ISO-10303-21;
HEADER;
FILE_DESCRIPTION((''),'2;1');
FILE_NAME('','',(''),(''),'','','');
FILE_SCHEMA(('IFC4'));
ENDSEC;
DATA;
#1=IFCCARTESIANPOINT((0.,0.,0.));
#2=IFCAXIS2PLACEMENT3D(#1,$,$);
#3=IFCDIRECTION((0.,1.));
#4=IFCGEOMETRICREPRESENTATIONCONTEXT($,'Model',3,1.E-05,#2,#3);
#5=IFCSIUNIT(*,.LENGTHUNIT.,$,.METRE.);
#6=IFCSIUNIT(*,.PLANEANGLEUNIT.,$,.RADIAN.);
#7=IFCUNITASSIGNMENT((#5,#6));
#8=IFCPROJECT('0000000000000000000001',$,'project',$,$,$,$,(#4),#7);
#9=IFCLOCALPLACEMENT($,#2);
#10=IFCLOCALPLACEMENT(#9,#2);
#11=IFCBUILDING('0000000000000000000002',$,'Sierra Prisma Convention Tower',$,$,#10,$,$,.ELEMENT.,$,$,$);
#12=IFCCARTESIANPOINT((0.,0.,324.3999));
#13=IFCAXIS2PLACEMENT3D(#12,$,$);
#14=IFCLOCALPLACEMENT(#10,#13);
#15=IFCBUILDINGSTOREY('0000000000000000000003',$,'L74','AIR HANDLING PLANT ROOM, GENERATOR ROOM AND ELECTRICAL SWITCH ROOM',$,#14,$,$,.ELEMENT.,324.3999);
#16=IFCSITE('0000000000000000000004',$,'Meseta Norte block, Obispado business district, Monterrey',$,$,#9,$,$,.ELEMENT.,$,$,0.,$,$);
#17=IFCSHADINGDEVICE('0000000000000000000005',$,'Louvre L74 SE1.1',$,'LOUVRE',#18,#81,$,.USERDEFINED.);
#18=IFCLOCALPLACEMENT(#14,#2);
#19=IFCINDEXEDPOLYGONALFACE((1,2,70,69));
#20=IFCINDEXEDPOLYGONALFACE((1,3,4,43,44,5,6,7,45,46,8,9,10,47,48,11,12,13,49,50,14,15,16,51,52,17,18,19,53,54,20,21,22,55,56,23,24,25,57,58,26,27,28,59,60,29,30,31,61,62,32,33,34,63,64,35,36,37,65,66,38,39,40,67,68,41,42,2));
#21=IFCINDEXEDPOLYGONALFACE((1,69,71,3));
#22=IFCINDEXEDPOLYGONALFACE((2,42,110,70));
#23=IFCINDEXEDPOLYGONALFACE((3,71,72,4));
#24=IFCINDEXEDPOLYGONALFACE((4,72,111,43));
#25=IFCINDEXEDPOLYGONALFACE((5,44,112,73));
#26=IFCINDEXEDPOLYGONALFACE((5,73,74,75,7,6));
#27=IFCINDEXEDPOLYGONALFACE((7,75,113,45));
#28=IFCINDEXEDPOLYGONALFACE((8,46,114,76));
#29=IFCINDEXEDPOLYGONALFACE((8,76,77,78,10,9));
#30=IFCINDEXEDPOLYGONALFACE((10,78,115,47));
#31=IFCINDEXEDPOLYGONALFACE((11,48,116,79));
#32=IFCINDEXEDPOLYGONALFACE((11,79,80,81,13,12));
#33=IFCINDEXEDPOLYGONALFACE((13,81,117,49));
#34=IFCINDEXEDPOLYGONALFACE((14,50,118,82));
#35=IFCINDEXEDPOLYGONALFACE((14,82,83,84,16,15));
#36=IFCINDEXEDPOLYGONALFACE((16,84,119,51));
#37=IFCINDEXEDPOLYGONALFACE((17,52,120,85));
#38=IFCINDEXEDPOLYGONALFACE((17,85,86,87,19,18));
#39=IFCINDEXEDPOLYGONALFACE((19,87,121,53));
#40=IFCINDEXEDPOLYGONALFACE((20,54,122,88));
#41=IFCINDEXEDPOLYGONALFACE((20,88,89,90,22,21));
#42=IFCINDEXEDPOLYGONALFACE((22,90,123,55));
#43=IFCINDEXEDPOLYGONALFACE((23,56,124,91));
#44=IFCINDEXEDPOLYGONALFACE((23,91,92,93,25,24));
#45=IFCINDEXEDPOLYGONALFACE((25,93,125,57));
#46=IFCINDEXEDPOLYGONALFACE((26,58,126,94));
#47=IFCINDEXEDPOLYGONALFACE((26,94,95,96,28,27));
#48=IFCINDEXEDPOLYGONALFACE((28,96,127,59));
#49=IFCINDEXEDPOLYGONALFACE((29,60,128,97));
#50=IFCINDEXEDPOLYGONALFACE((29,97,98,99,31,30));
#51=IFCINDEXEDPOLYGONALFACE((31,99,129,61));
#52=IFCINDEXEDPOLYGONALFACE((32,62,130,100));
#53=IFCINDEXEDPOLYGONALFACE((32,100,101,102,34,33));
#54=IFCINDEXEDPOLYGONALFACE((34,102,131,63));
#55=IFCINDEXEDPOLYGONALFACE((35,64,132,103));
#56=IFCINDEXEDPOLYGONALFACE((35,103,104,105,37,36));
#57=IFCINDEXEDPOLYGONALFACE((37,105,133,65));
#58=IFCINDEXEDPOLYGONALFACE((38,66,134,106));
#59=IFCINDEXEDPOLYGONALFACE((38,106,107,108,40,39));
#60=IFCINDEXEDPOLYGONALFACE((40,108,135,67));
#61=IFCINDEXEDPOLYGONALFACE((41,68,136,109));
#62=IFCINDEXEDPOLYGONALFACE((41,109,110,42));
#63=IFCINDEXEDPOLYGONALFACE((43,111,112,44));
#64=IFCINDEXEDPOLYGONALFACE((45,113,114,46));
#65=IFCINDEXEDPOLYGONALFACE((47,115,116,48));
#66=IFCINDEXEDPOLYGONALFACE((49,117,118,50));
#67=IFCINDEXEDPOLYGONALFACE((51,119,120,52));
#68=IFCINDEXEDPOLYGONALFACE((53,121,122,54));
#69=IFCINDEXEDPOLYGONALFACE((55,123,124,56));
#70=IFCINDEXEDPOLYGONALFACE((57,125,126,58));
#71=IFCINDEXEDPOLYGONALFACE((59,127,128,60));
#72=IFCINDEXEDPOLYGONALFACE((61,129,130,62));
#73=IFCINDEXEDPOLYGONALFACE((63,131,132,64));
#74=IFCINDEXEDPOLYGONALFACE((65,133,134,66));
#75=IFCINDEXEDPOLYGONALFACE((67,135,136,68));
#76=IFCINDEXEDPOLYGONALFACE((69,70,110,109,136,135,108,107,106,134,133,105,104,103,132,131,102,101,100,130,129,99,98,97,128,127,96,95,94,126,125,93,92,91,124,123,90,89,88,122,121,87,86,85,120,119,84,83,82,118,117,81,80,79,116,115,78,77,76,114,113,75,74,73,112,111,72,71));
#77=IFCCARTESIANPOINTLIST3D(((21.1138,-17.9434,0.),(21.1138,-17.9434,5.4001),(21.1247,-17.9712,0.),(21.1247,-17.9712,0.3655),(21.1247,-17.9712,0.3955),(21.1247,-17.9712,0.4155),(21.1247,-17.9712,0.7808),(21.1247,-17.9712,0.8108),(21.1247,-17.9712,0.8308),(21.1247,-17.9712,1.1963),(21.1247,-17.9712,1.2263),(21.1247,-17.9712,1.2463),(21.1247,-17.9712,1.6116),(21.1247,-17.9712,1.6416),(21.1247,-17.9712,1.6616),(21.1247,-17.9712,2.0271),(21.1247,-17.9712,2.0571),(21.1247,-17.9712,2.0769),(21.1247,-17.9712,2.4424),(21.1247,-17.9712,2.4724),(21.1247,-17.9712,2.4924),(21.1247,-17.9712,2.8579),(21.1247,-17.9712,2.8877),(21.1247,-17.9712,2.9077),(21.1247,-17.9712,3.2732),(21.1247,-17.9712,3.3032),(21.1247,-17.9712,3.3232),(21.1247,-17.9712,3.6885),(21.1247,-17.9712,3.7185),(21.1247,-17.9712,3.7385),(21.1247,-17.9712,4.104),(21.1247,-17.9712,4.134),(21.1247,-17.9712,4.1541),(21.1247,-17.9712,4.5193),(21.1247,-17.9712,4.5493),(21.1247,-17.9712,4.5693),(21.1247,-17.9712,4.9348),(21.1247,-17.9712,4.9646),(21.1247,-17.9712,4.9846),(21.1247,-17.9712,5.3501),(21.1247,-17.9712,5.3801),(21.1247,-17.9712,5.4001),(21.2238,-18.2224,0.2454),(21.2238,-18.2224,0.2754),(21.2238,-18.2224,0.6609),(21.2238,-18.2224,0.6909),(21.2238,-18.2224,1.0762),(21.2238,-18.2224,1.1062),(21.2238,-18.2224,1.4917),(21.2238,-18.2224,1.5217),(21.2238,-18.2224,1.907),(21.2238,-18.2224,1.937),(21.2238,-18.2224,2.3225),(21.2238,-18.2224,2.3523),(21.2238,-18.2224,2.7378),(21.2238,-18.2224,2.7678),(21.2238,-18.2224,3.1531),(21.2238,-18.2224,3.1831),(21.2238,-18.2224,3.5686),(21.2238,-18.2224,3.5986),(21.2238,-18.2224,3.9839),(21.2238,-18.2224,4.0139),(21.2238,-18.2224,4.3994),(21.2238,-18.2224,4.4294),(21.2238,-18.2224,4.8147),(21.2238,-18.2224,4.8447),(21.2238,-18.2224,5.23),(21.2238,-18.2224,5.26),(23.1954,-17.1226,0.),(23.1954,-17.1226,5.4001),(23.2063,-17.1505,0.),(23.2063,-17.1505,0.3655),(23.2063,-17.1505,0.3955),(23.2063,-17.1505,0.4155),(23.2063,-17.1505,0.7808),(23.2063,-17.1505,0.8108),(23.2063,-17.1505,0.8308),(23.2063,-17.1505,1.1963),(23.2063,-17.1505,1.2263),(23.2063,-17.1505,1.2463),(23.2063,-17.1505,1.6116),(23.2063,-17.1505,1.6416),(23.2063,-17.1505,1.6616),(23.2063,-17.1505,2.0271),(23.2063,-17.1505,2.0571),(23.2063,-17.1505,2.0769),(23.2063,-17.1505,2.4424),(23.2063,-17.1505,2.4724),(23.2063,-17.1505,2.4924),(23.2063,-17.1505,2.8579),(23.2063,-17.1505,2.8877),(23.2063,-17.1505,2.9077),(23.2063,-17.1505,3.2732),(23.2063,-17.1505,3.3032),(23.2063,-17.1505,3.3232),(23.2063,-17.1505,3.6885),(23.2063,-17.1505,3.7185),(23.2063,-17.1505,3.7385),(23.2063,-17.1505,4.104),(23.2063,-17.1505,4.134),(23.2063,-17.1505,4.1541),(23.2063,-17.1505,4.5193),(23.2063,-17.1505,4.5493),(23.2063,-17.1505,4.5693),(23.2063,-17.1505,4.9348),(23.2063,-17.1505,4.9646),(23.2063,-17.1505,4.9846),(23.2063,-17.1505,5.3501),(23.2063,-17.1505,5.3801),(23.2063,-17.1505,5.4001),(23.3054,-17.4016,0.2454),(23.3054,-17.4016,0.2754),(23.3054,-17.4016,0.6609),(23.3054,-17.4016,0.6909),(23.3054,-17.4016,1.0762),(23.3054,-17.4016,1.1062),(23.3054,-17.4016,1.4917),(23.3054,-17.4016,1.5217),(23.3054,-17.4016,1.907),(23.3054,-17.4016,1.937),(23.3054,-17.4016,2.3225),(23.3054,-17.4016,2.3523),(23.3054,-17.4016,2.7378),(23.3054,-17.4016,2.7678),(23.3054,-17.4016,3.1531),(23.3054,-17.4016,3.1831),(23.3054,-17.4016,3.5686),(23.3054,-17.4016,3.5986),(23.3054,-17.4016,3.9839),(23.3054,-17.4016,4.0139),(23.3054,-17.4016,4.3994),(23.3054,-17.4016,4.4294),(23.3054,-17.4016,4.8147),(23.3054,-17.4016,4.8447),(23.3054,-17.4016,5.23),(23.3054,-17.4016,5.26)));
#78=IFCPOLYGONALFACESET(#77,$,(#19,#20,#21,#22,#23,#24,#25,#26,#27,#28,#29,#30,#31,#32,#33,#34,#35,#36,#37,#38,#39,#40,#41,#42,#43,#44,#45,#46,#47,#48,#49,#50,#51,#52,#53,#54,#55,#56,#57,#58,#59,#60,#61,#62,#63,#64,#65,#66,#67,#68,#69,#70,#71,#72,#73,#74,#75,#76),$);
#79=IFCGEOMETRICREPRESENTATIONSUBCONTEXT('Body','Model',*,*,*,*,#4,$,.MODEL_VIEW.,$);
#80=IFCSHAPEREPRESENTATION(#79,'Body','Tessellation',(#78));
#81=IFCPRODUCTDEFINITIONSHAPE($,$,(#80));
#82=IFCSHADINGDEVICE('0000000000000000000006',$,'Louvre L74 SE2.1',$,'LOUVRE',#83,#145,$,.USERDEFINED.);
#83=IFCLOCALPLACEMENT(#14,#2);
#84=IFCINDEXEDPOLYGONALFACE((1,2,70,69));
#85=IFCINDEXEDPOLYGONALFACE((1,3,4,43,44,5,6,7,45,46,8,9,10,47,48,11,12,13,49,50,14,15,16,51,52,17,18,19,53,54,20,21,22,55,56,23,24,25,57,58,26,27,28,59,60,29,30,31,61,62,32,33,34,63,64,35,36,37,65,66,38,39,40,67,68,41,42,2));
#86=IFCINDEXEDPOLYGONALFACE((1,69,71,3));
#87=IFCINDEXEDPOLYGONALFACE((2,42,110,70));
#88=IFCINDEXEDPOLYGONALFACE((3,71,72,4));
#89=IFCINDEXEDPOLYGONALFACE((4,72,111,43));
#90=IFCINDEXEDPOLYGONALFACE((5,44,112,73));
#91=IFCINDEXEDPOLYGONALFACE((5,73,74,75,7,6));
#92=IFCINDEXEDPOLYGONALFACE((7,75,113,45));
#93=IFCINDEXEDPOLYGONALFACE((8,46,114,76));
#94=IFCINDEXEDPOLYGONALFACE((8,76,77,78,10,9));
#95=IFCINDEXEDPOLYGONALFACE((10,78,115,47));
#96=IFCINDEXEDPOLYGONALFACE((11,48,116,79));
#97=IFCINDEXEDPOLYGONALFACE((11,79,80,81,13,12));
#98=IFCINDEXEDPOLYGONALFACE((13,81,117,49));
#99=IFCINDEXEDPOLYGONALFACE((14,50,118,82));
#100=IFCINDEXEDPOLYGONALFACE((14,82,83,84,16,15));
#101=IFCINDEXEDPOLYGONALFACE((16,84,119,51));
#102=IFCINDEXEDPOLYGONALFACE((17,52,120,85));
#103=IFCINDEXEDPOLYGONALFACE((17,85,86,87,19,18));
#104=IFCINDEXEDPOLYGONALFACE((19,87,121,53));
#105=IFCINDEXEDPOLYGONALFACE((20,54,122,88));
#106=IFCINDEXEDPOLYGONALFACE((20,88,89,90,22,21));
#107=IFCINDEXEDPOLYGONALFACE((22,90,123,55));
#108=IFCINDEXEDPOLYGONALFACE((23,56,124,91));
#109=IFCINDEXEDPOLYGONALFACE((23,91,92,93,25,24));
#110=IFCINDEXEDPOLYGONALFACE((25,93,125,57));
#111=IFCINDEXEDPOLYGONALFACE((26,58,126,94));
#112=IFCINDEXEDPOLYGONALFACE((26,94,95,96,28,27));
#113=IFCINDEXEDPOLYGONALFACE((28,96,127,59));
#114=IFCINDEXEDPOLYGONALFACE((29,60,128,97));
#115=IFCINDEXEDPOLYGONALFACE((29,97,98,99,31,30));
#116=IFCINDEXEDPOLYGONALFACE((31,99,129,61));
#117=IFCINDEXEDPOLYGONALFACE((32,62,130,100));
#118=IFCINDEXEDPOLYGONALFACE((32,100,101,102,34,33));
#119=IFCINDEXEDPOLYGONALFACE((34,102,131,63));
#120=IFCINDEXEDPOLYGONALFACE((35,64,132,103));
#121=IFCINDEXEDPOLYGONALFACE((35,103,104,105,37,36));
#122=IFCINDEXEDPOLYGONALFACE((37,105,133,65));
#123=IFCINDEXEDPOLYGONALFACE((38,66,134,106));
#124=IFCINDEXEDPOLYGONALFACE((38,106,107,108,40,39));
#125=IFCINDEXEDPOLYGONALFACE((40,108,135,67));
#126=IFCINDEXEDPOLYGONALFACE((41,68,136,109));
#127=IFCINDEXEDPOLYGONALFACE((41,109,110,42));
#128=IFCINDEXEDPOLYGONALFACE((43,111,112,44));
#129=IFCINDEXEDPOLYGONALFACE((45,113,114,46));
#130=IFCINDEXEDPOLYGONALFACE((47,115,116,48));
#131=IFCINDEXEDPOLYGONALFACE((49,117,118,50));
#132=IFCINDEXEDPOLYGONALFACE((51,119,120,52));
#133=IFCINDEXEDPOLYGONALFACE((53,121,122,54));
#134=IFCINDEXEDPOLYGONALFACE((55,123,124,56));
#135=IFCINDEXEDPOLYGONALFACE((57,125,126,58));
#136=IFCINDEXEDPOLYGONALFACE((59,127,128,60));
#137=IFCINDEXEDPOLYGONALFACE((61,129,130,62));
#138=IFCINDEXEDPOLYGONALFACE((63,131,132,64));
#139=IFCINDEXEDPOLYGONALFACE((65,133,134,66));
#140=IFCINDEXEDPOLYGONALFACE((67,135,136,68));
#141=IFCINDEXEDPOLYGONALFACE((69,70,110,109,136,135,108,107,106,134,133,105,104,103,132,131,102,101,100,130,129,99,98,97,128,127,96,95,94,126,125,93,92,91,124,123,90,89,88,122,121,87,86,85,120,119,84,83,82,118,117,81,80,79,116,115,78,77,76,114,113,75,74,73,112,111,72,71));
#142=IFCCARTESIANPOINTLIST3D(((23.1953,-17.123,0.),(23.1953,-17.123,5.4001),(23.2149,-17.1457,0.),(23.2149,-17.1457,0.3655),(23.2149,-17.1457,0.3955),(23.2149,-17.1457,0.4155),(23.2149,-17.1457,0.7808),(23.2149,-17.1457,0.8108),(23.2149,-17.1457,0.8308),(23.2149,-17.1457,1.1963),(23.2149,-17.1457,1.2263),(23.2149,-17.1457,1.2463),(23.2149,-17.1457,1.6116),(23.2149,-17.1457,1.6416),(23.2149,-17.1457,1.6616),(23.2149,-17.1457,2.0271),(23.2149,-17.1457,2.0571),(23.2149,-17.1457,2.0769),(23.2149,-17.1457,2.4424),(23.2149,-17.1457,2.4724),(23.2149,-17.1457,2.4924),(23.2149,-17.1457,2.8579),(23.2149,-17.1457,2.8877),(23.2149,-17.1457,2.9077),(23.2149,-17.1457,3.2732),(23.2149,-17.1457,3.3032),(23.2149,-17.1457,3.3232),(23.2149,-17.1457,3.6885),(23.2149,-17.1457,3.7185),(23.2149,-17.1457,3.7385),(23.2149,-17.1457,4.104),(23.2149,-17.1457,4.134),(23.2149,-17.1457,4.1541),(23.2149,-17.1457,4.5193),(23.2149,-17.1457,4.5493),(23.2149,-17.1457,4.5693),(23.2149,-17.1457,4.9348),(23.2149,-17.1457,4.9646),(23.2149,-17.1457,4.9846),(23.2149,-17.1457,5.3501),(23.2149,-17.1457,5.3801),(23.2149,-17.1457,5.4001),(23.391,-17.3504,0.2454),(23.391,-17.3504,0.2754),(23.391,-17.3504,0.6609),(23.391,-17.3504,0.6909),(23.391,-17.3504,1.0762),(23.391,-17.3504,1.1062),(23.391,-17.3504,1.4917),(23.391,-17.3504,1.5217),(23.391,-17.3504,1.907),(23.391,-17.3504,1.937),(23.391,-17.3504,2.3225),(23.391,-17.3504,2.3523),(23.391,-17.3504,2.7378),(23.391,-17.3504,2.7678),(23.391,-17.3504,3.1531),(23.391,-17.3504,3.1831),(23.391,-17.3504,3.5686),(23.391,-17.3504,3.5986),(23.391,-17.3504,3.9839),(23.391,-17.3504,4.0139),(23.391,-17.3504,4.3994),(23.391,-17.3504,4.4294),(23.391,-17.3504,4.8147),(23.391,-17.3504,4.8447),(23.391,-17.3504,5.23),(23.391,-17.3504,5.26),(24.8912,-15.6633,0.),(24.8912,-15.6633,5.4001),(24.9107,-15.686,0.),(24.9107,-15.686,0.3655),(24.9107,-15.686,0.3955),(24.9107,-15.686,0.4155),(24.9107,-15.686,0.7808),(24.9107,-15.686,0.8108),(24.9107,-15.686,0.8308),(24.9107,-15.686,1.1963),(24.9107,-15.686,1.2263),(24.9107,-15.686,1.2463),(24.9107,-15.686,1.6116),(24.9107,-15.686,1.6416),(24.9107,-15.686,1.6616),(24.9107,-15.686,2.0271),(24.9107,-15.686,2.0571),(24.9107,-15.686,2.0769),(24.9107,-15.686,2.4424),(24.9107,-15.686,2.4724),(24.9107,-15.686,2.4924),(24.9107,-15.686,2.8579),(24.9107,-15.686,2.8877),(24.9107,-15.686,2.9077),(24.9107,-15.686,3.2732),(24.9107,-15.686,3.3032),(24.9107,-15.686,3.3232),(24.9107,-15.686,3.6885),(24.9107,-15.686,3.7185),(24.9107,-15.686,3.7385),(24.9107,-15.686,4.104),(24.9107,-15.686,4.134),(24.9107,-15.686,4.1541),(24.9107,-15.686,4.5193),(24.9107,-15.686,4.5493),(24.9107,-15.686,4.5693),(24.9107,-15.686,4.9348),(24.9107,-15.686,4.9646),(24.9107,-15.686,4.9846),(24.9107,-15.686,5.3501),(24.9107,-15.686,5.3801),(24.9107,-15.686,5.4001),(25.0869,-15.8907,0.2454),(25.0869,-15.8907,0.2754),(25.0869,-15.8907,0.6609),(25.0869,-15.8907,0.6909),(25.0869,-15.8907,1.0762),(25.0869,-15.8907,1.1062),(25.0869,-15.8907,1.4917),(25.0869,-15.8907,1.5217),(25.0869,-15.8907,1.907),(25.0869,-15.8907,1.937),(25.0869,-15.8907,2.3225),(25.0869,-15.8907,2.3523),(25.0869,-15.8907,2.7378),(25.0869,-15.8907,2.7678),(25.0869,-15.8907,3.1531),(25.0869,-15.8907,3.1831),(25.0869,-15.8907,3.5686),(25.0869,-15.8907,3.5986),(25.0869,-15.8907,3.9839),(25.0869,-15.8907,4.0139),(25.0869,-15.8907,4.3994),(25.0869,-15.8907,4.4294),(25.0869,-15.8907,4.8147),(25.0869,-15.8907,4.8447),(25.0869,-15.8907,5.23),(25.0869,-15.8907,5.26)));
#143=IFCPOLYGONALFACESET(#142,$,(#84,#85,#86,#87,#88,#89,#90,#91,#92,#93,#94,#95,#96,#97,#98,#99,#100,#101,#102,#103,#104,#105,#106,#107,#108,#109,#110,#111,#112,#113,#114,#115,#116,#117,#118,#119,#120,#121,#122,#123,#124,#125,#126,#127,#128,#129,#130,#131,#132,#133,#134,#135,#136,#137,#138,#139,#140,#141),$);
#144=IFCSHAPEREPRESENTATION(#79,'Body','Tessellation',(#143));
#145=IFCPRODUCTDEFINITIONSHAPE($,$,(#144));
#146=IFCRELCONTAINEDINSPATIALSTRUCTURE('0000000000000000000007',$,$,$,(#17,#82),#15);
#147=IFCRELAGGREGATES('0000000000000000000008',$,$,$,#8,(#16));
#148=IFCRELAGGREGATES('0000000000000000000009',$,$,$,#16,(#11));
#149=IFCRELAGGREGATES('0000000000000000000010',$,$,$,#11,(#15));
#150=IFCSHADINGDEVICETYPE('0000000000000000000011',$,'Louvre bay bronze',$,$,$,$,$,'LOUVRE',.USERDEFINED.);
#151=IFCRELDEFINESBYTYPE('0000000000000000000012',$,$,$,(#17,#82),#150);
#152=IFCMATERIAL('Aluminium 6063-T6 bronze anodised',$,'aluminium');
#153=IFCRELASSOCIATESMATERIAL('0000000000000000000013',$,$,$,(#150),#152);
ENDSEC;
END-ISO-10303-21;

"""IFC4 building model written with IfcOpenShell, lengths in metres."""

from ifc_helpers import new_model, si_unit, direction, frame, origin, place, context, subcontext, project, spatial, polyline, outline, extrude, material, type_object, element, save


model = new_model("IFC4")

# Units and contexts
model_context = context("Model", 3, precision=1e-05, world=origin(), true_north=direction((0.0, 1.0)))
body_context = subcontext(model_context, "Body", "Model", "MODEL_VIEW")
ifc_project = project(units=[si_unit("LENGTHUNIT", "METRE"), si_unit("PLANEANGLEUNIT", "RADIAN")], contexts=[model_context])

# Site, building, storey
site_placement = place(None, origin())
site = spatial("IfcSite", under=ifc_project, at=site_placement, Name="Meseta Norte block, Obispado business district, Monterrey", CompositionType="ELEMENT", RefElevation=0.0)
building_placement = place(site_placement, origin())
building = spatial("IfcBuilding", under=site, at=building_placement, Name="Sierra Prisma Convention Tower", CompositionType="ELEMENT")
storey_placement = place(building_placement, frame((0.0, 0.0, 324.3999)))
storey = spatial("IfcBuildingStorey", under=building, at=storey_placement, Name="L74", Description="AIR HANDLING PLANT ROOM, GENERATOR ROOM AND ELECTRICAL SWITCH ROOM", CompositionType="ELEMENT", Elevation=324.3999)

# Shading devices
ifc_material_1 = material(Name="Aluminium 6063-T6 bronze anodised", Category="aluminium")
shading_device_type = type_object("IfcShadingDeviceType", Name="Louvre bay bronze", ElementType="LOUVRE", PredefinedType="USERDEFINED", material=ifc_material_1)
shading_device_1_placement = place(storey_placement, frame((21.1138, -17.9434, 0.0), z_axis=(-0.930299, -0.366801, 0.0), x_axis=(0.0, 0.0, 1.0)))
element("IfcShadingDevice", 1, at=shading_device_1_placement, inside=storey, type_object=shading_device_type, Name="Louvre L74 SE1.1", ObjectType="LOUVRE", PredefinedType="USERDEFINED", context=body_context, shape_type="SweptSolid", body=[
    extrude(outline(polyline([(0.0, 0.0), (5.4001, 0.0), (5.4001, -0.0299), (5.3801, -0.0299), (5.26, -0.2999), (5.23, -0.2999), (5.3501, -0.0299), (4.9846, -0.0299), (4.9646, -0.0299), (4.8447, -0.2999), (4.8147, -0.2999), (4.9348, -0.0299), (4.5693, -0.0299), (4.5493, -0.0299), (4.4294, -0.2999), (4.3994, -0.2999), (4.5193, -0.0299), (4.1541, -0.0299), (4.134, -0.0299), (4.0139, -0.2999), (3.9839, -0.2999), (4.104, -0.0299), (3.7385, -0.0299), (3.7185, -0.0299), (3.5986, -0.2999), (3.5686, -0.2999), (3.6885, -0.0299), (3.3232, -0.0299), (3.3032, -0.0299), (3.1831, -0.2999), (3.1531, -0.2999), (3.2732, -0.0299), (2.9077, -0.0299), (2.8877, -0.0299), (2.7678, -0.2999), (2.7378, -0.2999), (2.8579, -0.0299), (2.4924, -0.0299), (2.4724, -0.0299), (2.3523, -0.2999), (2.3225, -0.2999), (2.4424, -0.0299), (2.0769, -0.0299), (2.0571, -0.0299), (1.937, -0.2999), (1.907, -0.2999), (2.0271, -0.0299), (1.6616, -0.0299), (1.6416, -0.0299), (1.5217, -0.2999), (1.4917, -0.2999), (1.6116, -0.0299), (1.2463, -0.0299), (1.2263, -0.0299), (1.1062, -0.2999), (1.0762, -0.2999), (1.1963, -0.0299), (0.8308, -0.0299), (0.8108, -0.0299), (0.6909, -0.2999), (0.6609, -0.2999), (0.7808, -0.0299), (0.4155, -0.0299), (0.3955, -0.0299), (0.2754, -0.2999), (0.2454, -0.2999), (0.3655, -0.0299), (0.0, -0.0299), (0.0, 0.0)])), origin(), (0.0, 0.0, -1.0), 2.2375),
])
shading_device_2_placement = place(storey_placement, frame((23.1953, -17.123, 0.0), z_axis=(-0.757904, -0.652367, 0.0), x_axis=(0.0, 0.0, 1.0)))
element("IfcShadingDevice", 2, at=shading_device_2_placement, inside=storey, type_object=shading_device_type, Name="Louvre L74 SE2.1", ObjectType="LOUVRE", PredefinedType="USERDEFINED", context=body_context, shape_type="SweptSolid", body=[
    extrude(outline(polyline([(0.0, 0.0), (5.4001, 0.0), (5.4001, -0.0299), (5.3801, -0.0299), (5.26, -0.3), (5.23, -0.3), (5.3501, -0.0299), (4.9846, -0.0299), (4.9646, -0.0299), (4.8447, -0.3), (4.8147, -0.3), (4.9348, -0.0299), (4.5693, -0.0299), (4.5493, -0.0299), (4.4294, -0.3), (4.3994, -0.3), (4.5193, -0.0299), (4.1541, -0.0299), (4.134, -0.0299), (4.0139, -0.3), (3.9839, -0.3), (4.104, -0.0299), (3.7385, -0.0299), (3.7185, -0.0299), (3.5986, -0.3), (3.5686, -0.3), (3.6885, -0.0299), (3.3232, -0.0299), (3.3032, -0.0299), (3.1831, -0.3), (3.1531, -0.3), (3.2732, -0.0299), (2.9077, -0.0299), (2.8877, -0.0299), (2.7678, -0.3), (2.7378, -0.3), (2.8579, -0.0299), (2.4924, -0.0299), (2.4724, -0.0299), (2.3523, -0.3), (2.3225, -0.3), (2.4424, -0.0299), (2.0769, -0.0299), (2.0571, -0.0299), (1.937, -0.3), (1.907, -0.3), (2.0271, -0.0299), (1.6616, -0.0299), (1.6416, -0.0299), (1.5217, -0.3), (1.4917, -0.3), (1.6116, -0.0299), (1.2463, -0.0299), (1.2263, -0.0299), (1.1062, -0.3), (1.0762, -0.3), (1.1963, -0.0299), (0.8308, -0.0299), (0.8108, -0.0299), (0.6909, -0.3), (0.6609, -0.3), (0.7808, -0.0299), (0.4155, -0.0299), (0.3955, -0.0299), (0.2754, -0.3), (0.2454, -0.3), (0.3655, -0.0299), (0.0, -0.0299), (0.0, 0.0)])), origin(), (0.0, 0.0, -1.0), 2.2375),
])

save(model, "model.ifc")
